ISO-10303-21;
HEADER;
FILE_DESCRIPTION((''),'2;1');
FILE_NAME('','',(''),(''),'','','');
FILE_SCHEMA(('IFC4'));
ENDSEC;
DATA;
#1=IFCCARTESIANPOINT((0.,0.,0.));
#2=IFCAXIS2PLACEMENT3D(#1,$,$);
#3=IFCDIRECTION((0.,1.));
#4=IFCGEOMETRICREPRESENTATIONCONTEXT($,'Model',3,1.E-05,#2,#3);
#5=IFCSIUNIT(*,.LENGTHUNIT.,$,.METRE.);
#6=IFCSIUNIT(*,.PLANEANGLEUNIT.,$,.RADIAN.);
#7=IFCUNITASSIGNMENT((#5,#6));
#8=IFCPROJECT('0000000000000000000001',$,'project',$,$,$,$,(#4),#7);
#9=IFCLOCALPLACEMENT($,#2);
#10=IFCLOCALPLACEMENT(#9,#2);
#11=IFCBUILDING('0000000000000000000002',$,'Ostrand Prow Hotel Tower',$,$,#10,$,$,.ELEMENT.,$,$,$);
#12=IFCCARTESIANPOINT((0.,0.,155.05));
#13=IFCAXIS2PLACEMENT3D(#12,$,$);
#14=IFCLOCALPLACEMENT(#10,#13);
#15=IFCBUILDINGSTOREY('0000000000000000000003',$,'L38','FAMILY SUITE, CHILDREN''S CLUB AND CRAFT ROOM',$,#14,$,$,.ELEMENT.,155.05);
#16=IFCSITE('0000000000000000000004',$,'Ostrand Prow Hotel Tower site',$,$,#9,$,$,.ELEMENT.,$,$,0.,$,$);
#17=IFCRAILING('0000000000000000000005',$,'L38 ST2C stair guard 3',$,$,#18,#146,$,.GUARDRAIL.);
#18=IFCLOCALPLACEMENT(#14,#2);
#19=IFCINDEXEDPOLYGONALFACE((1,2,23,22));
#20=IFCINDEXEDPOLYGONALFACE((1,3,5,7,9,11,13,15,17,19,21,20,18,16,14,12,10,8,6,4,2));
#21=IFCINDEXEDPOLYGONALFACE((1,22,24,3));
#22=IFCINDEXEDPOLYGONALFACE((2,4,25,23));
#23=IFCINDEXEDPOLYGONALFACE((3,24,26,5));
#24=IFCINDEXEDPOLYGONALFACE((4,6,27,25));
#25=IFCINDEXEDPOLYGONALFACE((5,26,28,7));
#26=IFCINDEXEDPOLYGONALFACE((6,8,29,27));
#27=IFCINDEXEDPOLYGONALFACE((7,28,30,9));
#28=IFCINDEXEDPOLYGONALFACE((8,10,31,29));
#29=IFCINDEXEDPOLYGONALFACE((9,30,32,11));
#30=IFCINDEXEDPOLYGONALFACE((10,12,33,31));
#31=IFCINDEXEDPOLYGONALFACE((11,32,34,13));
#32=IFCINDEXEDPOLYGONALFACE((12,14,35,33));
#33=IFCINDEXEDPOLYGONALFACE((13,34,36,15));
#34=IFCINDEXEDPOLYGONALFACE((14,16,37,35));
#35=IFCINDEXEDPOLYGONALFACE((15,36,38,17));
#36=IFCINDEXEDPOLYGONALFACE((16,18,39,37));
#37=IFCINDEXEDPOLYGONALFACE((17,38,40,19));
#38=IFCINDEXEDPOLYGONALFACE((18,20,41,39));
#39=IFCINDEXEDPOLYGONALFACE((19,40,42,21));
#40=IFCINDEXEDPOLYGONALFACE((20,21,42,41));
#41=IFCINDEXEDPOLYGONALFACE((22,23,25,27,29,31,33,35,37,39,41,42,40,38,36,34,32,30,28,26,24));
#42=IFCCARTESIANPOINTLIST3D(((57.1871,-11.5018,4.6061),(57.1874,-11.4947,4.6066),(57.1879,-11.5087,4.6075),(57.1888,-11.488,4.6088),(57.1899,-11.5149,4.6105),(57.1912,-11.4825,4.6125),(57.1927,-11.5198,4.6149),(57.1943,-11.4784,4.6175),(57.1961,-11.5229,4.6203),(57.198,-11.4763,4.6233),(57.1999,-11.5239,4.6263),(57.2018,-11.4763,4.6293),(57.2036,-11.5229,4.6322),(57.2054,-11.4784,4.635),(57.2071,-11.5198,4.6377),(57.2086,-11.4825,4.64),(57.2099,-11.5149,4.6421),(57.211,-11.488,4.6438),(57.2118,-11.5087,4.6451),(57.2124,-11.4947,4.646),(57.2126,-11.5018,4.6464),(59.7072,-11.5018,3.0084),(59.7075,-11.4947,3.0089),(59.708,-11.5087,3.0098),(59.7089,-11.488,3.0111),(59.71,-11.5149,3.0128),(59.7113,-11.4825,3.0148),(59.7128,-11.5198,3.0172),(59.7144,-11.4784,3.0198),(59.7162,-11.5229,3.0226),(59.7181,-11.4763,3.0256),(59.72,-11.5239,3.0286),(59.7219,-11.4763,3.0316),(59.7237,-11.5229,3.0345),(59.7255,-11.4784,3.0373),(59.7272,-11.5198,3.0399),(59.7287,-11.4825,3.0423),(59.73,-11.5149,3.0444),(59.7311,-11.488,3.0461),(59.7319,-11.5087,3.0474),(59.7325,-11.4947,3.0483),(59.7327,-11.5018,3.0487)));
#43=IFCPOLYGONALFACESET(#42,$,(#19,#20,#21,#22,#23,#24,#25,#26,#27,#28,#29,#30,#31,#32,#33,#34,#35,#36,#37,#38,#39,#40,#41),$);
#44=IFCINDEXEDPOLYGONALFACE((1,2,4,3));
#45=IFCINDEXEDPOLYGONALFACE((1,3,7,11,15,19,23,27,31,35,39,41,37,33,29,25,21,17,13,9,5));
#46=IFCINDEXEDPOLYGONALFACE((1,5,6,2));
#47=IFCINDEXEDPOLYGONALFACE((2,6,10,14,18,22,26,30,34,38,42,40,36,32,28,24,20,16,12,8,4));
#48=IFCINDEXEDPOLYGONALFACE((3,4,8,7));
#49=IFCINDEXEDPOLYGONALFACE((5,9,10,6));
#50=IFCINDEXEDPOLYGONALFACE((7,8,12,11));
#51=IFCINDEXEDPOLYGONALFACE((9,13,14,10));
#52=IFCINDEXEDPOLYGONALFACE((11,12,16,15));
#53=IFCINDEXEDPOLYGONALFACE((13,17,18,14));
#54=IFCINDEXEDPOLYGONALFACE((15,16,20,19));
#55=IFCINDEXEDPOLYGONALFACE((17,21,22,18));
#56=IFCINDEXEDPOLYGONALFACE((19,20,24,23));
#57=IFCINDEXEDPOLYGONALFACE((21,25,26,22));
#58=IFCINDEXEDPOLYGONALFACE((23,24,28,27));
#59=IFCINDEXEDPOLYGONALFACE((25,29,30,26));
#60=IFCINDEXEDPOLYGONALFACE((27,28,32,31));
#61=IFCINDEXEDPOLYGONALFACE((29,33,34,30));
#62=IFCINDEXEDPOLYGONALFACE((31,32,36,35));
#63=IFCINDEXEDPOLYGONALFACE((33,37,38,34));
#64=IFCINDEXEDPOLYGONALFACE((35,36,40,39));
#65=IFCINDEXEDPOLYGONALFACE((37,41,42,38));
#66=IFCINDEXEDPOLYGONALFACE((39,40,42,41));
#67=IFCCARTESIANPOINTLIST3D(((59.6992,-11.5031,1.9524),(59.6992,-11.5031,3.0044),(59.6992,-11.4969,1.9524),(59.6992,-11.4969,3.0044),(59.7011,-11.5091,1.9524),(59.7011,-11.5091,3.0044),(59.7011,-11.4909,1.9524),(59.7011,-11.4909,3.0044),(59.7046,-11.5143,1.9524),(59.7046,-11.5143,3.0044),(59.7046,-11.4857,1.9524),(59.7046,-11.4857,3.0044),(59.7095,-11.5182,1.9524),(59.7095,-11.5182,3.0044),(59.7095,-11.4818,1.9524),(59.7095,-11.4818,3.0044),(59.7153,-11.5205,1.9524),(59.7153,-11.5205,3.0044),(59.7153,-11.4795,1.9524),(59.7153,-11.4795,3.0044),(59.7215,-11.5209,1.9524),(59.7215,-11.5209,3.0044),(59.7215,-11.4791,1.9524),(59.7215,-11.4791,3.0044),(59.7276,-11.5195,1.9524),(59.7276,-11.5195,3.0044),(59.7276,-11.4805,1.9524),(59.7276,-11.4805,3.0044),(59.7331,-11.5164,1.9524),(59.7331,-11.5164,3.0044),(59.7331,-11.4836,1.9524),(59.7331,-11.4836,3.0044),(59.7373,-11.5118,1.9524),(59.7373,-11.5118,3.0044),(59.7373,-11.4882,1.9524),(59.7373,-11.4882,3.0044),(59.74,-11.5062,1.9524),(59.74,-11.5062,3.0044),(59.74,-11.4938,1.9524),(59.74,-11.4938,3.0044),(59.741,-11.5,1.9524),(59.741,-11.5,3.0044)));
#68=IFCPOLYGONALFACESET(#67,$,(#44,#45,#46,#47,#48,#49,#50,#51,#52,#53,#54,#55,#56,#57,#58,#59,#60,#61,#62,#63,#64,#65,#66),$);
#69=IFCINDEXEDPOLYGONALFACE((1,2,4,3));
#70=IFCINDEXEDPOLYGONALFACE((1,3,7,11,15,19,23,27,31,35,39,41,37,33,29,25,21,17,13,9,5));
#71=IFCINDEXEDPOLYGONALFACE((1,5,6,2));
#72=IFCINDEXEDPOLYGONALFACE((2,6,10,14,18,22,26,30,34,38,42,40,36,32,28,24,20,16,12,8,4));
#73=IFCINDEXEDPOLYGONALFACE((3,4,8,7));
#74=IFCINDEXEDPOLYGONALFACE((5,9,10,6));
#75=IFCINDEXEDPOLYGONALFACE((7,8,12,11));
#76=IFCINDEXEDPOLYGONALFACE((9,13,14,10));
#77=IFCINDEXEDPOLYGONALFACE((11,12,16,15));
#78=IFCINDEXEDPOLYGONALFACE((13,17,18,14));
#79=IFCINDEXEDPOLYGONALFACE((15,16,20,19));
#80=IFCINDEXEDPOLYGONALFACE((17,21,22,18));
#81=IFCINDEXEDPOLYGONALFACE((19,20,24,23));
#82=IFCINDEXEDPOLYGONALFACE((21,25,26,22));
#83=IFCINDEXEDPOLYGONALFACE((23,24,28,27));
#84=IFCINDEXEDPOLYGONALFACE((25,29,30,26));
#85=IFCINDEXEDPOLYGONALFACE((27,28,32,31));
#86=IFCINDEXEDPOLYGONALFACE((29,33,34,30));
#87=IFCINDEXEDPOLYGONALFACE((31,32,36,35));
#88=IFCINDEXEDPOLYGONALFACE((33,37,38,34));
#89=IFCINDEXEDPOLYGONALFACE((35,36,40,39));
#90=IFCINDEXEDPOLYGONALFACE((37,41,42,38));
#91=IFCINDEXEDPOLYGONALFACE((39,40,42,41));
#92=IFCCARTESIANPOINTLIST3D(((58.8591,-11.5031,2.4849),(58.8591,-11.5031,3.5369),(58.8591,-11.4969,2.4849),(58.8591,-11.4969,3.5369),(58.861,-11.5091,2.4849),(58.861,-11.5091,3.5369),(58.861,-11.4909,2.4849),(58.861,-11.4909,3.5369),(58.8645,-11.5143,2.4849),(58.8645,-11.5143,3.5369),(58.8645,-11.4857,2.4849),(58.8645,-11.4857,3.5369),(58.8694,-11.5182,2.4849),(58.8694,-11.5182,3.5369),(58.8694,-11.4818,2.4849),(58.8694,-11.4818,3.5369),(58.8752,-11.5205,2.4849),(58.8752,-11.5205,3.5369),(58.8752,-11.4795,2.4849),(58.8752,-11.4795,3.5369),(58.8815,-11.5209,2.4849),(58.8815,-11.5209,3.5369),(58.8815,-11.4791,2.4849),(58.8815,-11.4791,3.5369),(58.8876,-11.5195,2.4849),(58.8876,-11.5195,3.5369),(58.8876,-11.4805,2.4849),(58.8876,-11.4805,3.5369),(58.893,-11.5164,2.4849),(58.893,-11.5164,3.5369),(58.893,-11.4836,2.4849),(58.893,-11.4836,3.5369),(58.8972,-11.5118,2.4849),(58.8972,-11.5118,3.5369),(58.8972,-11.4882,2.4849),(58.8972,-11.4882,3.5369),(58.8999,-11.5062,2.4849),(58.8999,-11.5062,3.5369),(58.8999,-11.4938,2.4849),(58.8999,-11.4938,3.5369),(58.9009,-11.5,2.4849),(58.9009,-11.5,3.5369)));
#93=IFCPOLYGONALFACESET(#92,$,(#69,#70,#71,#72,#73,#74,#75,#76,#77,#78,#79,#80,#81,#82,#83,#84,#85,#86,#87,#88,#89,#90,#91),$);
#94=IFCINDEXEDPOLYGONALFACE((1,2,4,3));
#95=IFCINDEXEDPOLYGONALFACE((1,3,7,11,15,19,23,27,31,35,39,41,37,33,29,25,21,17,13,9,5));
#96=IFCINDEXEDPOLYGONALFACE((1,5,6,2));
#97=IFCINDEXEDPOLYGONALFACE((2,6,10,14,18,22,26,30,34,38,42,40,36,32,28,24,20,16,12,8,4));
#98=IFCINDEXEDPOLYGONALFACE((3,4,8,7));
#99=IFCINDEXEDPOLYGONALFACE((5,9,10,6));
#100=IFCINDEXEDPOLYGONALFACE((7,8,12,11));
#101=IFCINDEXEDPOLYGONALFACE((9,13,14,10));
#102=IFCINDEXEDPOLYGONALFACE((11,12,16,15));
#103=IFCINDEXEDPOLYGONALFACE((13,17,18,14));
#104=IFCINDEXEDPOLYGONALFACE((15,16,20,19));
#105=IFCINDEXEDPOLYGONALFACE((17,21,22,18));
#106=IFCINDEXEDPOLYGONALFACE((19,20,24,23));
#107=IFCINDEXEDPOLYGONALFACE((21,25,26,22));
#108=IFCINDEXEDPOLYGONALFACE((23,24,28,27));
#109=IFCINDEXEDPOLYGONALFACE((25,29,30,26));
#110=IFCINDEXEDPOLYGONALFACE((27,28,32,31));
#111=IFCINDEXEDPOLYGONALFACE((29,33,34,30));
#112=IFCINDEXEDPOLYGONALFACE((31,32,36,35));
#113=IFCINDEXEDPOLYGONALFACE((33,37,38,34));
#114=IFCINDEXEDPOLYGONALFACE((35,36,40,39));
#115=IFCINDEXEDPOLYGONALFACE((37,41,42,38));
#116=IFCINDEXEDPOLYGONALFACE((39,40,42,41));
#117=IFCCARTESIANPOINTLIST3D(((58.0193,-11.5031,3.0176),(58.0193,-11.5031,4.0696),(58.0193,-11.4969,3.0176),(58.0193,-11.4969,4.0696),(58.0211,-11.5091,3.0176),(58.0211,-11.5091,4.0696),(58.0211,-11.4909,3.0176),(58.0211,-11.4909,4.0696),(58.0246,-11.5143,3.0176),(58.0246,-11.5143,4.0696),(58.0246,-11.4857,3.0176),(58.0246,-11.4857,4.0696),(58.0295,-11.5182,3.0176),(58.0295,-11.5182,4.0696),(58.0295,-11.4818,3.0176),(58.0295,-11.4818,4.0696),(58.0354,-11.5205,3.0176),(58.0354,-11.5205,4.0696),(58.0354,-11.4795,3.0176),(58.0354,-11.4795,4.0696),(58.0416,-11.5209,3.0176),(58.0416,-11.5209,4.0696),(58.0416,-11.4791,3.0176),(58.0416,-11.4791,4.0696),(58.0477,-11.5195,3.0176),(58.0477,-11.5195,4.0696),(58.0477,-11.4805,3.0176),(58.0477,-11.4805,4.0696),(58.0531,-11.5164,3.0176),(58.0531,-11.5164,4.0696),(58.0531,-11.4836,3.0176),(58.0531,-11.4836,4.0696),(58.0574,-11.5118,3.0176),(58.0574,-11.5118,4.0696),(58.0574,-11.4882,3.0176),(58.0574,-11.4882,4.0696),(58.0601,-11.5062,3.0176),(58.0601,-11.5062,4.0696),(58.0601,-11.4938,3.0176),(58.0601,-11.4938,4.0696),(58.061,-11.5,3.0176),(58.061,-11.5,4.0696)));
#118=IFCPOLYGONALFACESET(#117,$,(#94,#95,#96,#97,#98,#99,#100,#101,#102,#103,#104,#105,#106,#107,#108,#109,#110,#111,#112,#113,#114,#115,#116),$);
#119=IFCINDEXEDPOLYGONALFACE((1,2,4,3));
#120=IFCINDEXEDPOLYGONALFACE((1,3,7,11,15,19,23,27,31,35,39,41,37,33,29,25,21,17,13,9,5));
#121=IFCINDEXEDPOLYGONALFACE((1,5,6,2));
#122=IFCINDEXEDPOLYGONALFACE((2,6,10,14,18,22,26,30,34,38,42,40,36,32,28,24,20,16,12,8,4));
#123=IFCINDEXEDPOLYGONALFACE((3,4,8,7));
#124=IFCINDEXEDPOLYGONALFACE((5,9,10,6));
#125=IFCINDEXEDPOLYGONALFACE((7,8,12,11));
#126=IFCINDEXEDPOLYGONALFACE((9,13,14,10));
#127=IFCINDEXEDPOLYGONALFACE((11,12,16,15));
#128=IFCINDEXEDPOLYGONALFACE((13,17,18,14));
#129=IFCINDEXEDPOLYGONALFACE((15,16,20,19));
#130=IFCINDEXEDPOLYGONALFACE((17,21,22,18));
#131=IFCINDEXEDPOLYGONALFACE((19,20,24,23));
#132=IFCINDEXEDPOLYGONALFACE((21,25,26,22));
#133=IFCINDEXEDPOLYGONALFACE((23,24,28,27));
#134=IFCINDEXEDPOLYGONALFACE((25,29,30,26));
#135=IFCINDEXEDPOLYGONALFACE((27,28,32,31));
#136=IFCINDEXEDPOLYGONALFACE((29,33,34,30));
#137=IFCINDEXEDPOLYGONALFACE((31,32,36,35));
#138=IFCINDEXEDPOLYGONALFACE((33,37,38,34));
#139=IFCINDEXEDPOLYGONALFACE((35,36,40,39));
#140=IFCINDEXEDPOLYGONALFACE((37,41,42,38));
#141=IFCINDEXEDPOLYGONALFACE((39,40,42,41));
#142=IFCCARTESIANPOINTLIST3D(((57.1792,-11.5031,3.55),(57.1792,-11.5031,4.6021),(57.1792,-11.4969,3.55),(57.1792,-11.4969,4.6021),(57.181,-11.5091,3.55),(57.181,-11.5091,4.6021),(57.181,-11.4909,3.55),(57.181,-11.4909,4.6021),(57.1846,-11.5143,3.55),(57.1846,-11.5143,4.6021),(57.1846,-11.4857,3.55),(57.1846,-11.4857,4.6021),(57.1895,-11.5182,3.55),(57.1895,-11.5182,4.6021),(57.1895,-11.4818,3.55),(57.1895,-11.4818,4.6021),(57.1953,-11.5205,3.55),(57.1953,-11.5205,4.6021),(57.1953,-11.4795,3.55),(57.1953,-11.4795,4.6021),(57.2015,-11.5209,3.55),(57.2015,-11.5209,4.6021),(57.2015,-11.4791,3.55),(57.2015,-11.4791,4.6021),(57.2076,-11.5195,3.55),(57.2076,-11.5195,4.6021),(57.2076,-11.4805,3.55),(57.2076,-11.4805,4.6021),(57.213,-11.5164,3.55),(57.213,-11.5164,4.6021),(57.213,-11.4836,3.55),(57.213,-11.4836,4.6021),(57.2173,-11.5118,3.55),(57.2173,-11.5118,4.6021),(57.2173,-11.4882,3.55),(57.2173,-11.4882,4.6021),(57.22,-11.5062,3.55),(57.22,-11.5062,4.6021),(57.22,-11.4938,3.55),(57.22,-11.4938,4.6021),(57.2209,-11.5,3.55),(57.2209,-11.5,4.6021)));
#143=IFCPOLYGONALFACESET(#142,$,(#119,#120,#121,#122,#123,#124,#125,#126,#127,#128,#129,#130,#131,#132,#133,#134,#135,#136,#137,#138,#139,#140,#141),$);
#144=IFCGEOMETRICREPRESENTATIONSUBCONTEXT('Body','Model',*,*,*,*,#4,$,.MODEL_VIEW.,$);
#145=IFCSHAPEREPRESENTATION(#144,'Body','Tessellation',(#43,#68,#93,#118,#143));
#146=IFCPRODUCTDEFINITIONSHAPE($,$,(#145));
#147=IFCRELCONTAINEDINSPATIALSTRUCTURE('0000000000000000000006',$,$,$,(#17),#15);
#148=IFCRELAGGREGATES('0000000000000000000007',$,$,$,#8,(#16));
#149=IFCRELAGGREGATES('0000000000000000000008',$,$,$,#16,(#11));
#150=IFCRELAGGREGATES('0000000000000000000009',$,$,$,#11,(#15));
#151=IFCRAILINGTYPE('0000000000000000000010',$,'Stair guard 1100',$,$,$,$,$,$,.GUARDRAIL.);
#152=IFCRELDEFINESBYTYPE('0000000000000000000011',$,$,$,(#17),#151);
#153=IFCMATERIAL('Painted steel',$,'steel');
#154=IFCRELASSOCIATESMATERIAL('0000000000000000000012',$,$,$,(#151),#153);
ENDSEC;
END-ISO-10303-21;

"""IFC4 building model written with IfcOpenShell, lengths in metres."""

from ifc_helpers import new_model, si_unit, direction, frame, origin, origin_2d, place, context, subcontext, project, spatial, circle, extrude, material, type_object, element, save


model = new_model("IFC4")

# Units and contexts
model_context = context("Model", 3, precision=1e-05, world=origin(), true_north=direction((0.0, 1.0)))
body_context = subcontext(model_context, "Body", "Model", "MODEL_VIEW")
ifc_project = project(units=[si_unit("LENGTHUNIT", "METRE"), si_unit("PLANEANGLEUNIT", "RADIAN")], contexts=[model_context])

# Site, building, storey
site_placement = place(None, origin())
site = spatial("IfcSite", under=ifc_project, at=site_placement, Name="Ostrand Prow Hotel Tower site", CompositionType="ELEMENT", RefElevation=0.0)
building_placement = place(site_placement, origin())
building = spatial("IfcBuilding", under=site, at=building_placement, Name="Ostrand Prow Hotel Tower", CompositionType="ELEMENT")
storey_placement = place(building_placement, frame((0.0, 0.0, 155.05)))
storey = spatial("IfcBuildingStorey", under=building, at=storey_placement, Name="L38", Description="FAMILY SUITE, CHILDREN'S CLUB AND CRAFT ROOM", CompositionType="ELEMENT", Elevation=155.05)

# Railing
ifc_material_1 = material(Name="Painted steel", Category="steel")
railing_type_1 = type_object("IfcRailingType", Name="Stair guard 1100", PredefinedType="GUARDRAIL", material=ifc_material_1)
railing_1_placement = place(storey_placement, frame((59.72, -11.5, 1.9524)))
element("IfcRailing", 1, at=railing_1_placement, inside=storey, type_object=railing_type_1, Name="L38 ST2C stair guard 3", PredefinedType="GUARDRAIL", context=body_context, shape_type="SweptSolid", body=[
    extrude(circle(Radius=0.0239, at=origin_2d()), frame((0.0, 0.0, 1.0762), z_axis=(-0.84457, 0.0, 0.535445), x_axis=(0.0, -1.0, 0.0)), (0.0, 0.0, 1.0), 2.9839),
    extrude(circle(Radius=0.021, at=origin_2d()), origin(), (0.0, 0.0, 1.0), 1.052),
    extrude(circle(Radius=0.021, at=origin_2d()), frame((-0.8401, 0.0, 0.5325)), (0.0, 0.0, 1.0), 1.052),
    extrude(circle(Radius=0.021, at=origin_2d()), frame((-1.6799, 0.0, 1.0652)), (0.0, 0.0, 1.0), 1.052),
    extrude(circle(Radius=0.021, at=origin_2d()), frame((-2.52, 0.0, 1.5977)), (0.0, 0.0, 1.0), 1.052),
])

save(model, "model.ifc")
